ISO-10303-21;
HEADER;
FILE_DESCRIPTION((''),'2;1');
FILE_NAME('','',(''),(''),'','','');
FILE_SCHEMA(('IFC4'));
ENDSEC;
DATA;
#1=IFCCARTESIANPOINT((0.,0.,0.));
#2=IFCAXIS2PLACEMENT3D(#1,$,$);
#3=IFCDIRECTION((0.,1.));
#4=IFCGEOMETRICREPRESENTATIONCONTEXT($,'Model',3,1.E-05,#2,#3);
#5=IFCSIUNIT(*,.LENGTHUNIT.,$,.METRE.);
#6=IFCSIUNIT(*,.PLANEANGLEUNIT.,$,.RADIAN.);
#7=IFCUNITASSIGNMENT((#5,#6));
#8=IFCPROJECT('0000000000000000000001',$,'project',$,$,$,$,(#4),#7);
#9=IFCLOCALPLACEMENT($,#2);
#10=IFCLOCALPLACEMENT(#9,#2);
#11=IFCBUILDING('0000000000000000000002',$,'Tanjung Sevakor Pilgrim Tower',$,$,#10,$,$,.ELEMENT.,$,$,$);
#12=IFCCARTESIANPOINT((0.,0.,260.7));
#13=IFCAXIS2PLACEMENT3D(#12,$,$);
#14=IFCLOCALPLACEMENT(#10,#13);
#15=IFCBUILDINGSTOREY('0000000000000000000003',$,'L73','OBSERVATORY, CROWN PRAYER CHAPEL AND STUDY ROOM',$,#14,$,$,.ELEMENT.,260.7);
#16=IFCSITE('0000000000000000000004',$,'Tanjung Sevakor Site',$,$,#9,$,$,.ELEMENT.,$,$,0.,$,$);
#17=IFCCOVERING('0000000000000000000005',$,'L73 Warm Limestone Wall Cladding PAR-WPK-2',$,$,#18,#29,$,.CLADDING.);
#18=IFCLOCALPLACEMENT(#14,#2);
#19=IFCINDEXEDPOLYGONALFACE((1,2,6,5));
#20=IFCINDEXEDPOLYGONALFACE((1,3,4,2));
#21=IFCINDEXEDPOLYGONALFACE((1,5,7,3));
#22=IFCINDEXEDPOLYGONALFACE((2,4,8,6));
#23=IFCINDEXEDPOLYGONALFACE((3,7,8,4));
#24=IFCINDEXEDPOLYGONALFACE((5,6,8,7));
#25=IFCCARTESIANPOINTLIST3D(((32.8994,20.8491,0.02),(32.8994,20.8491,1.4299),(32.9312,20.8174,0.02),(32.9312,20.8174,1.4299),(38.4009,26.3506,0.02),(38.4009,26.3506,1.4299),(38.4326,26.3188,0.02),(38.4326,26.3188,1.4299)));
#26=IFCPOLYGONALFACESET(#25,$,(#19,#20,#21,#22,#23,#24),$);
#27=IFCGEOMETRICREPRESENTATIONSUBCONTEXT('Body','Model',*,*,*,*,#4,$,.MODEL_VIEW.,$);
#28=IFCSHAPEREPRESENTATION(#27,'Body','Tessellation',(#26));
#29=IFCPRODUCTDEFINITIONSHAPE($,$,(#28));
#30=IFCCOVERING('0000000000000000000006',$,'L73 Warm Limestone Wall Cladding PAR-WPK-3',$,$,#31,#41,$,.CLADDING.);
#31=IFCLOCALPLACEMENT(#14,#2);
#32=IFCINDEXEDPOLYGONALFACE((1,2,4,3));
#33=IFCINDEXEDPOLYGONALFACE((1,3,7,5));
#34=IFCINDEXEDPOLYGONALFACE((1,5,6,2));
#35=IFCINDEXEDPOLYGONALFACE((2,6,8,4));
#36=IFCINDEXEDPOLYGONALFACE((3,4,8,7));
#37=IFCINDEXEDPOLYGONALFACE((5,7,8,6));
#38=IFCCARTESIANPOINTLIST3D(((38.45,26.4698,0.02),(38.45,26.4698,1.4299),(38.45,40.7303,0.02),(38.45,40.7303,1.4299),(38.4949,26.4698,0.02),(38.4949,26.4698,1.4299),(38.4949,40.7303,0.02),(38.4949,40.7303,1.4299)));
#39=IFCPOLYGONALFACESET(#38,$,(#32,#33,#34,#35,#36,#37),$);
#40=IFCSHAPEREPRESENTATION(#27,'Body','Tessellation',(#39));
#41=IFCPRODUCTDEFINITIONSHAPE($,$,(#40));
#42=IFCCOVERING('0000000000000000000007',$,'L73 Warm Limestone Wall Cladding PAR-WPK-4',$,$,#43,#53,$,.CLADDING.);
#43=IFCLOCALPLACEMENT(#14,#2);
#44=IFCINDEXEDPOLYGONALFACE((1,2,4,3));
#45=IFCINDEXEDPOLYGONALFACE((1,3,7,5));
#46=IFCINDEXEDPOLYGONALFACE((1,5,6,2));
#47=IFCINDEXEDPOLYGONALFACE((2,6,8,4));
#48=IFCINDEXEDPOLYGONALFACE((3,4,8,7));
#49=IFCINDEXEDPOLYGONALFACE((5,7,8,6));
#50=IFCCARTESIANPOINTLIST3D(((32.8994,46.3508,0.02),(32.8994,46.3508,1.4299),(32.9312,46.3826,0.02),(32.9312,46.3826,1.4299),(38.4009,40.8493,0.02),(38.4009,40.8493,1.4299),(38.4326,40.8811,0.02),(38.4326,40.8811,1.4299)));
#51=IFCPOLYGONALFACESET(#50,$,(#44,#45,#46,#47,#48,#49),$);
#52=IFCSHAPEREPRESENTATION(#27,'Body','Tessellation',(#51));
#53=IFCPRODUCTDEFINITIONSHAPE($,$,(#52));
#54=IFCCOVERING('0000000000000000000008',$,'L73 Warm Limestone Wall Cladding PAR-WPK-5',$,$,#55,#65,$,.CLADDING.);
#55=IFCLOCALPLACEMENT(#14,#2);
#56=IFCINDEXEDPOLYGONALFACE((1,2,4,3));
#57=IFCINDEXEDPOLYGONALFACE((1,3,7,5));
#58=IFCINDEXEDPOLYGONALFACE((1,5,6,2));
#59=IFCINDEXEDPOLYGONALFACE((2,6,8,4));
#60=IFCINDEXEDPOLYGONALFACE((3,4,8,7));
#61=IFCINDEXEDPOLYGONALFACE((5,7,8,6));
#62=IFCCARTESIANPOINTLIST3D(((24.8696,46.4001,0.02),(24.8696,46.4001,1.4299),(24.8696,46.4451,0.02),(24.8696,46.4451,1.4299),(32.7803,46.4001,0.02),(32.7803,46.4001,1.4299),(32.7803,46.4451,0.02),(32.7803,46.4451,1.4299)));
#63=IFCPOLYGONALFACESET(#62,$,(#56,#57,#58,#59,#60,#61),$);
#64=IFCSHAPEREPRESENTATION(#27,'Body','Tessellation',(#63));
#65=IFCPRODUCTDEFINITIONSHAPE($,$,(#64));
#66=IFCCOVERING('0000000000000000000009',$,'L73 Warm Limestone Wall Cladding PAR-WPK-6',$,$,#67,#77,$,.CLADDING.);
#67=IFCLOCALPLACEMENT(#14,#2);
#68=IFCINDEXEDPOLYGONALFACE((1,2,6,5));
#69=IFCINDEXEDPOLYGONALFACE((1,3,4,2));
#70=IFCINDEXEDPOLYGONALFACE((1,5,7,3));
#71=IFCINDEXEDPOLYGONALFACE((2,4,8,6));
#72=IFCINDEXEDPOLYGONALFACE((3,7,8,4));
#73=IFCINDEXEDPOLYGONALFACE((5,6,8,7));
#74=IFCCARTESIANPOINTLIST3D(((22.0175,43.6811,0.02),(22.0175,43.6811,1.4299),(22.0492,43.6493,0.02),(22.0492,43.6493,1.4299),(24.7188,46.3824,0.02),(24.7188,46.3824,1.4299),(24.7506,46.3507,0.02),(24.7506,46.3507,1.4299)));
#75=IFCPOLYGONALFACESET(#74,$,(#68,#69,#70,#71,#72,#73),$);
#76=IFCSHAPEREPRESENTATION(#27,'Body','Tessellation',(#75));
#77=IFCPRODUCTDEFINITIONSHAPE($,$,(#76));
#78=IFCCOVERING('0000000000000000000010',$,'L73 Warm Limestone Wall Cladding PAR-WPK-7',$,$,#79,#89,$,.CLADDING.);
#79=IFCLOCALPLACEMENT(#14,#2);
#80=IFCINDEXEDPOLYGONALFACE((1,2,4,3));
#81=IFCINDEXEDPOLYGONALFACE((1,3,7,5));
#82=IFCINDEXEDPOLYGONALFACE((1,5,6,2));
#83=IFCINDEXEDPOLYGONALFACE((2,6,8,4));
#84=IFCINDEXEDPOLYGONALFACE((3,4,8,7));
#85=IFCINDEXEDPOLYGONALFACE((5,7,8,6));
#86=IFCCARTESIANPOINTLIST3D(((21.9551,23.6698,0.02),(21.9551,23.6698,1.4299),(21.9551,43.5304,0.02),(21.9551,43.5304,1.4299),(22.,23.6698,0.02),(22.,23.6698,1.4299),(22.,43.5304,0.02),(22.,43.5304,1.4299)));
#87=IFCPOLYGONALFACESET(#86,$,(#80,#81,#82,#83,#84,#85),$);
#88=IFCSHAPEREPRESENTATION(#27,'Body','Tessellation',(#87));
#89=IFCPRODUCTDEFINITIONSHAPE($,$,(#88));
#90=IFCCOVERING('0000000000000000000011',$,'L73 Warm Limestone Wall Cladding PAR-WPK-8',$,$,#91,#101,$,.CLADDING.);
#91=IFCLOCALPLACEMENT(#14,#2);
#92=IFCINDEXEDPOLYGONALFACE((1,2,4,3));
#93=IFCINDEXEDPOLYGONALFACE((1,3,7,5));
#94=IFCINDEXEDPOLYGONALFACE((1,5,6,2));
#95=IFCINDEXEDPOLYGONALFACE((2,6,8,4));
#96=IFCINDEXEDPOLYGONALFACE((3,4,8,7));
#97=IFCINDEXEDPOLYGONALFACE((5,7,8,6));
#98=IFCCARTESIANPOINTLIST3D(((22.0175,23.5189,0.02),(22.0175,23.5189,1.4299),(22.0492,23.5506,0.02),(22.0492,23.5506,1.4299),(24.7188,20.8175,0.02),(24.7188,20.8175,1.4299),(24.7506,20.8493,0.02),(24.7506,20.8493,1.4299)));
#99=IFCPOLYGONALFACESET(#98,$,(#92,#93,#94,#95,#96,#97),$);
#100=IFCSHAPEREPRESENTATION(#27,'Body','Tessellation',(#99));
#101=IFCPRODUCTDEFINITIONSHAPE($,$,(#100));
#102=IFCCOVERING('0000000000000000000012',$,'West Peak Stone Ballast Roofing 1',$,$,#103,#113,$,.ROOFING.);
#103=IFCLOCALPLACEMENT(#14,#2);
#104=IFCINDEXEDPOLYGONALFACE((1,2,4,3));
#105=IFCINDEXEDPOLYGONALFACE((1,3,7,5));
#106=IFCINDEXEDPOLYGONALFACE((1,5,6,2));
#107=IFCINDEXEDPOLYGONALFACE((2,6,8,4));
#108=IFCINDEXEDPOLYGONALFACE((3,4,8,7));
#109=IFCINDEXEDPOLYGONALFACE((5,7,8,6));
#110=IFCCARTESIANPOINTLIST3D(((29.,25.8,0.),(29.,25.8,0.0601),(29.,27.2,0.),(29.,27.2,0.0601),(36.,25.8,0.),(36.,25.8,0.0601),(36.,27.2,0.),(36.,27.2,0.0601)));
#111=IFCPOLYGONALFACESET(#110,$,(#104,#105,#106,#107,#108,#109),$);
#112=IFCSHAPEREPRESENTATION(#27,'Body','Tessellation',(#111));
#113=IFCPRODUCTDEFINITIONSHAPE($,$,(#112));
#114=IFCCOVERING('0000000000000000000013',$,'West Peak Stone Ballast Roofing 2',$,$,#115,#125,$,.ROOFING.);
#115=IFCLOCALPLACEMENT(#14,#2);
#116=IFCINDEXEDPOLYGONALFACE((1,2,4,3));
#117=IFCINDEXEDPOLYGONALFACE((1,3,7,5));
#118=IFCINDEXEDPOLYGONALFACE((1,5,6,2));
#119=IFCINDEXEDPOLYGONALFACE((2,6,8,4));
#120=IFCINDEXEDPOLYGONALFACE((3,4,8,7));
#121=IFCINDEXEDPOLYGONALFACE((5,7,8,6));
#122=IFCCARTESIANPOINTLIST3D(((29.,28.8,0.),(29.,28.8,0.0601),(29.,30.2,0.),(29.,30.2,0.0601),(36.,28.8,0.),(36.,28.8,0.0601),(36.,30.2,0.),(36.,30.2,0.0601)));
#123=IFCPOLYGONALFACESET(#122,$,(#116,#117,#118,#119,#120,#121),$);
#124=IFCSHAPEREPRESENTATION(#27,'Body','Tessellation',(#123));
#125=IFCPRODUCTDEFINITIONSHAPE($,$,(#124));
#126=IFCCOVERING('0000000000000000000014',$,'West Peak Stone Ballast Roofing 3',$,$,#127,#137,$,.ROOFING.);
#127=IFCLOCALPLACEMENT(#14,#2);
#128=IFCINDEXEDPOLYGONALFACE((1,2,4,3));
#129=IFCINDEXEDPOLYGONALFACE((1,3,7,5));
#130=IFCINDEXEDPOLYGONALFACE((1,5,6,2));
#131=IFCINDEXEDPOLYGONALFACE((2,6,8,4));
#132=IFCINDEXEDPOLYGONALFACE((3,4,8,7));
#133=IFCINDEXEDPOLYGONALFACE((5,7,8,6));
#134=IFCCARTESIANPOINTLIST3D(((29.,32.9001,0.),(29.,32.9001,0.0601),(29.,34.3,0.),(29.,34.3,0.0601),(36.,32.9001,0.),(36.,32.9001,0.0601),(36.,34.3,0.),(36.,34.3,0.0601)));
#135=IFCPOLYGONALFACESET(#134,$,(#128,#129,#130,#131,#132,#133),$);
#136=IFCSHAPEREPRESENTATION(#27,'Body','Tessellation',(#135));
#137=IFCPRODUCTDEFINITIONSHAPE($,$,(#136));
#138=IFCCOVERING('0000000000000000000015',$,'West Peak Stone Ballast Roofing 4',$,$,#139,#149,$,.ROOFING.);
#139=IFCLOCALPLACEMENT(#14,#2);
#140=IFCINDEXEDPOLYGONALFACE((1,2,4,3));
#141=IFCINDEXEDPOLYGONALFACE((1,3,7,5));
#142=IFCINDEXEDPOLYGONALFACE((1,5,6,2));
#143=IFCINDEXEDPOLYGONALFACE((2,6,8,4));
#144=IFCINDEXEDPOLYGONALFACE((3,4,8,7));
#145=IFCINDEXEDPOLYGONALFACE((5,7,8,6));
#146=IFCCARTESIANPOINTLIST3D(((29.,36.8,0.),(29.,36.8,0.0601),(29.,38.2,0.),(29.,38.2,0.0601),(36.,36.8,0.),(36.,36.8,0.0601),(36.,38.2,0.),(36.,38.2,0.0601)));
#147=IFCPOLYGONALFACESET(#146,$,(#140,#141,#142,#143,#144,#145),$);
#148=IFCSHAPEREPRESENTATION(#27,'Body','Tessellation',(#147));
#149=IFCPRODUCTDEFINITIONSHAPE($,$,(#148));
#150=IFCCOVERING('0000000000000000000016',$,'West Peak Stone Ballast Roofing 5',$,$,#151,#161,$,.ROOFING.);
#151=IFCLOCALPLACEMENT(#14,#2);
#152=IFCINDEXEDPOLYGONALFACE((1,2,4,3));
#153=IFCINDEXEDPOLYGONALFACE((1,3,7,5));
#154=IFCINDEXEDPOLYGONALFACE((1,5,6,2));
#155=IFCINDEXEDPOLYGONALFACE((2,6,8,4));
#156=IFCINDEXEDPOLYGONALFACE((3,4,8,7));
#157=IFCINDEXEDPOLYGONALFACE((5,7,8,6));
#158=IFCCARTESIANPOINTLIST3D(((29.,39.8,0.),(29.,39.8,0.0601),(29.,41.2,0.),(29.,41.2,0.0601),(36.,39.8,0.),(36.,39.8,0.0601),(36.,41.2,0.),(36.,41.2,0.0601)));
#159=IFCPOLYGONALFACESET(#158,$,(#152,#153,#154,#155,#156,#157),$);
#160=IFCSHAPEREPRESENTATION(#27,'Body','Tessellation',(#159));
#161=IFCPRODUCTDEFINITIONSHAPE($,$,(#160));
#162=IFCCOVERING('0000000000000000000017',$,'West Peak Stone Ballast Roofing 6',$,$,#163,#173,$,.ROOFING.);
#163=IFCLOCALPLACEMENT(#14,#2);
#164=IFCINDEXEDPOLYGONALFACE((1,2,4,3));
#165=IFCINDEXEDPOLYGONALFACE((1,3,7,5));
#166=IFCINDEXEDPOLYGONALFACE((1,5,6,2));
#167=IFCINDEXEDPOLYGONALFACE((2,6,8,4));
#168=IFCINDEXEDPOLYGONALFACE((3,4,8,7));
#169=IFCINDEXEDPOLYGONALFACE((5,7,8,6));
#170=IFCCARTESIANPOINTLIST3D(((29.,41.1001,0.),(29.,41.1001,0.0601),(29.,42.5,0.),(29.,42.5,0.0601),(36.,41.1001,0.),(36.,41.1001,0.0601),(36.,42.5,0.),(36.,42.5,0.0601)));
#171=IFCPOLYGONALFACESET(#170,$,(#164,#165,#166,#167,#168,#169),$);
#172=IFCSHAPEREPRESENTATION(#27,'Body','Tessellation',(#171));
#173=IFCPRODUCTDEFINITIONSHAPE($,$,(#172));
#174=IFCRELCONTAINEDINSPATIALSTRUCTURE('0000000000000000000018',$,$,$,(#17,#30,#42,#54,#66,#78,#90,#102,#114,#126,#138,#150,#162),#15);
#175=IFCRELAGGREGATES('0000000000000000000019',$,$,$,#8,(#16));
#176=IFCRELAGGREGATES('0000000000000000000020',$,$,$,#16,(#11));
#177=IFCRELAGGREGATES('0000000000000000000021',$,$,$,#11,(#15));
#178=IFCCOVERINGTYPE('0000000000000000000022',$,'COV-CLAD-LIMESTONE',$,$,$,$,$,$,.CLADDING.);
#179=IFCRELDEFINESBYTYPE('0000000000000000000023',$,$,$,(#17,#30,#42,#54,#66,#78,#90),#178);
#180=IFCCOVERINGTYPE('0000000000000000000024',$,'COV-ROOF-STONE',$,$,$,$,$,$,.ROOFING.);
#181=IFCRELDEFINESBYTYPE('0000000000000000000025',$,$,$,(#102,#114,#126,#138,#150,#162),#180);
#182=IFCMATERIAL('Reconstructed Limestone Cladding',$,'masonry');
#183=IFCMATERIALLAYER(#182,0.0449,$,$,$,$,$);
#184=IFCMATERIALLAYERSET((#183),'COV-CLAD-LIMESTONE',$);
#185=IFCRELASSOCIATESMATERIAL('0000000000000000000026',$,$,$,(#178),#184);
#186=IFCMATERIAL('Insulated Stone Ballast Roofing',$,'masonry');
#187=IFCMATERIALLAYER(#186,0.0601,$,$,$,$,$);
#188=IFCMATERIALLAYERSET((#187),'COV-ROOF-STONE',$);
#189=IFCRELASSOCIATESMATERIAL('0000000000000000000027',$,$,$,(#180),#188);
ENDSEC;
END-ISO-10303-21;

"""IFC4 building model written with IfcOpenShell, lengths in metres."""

from ifc_helpers import new_model, si_unit, direction, frame, origin, origin_2d, place, context, subcontext, project, spatial, rectangle, extrude, material, layer, layer_set, type_object, element, save


model = new_model("IFC4")

# Units and contexts
model_context = context("Model", 3, precision=1e-05, world=origin(), true_north=direction((0.0, 1.0)))
body_context = subcontext(model_context, "Body", "Model", "MODEL_VIEW")
ifc_project = project(units=[si_unit("LENGTHUNIT", "METRE"), si_unit("PLANEANGLEUNIT", "RADIAN")], contexts=[model_context])

# Site, building, storey
site_placement = place(None, origin())
site = spatial("IfcSite", under=ifc_project, at=site_placement, Name="Tanjung Sevakor Site", CompositionType="ELEMENT", RefElevation=0.0)
building_placement = place(site_placement, origin())
building = spatial("IfcBuilding", under=site, at=building_placement, Name="Tanjung Sevakor Pilgrim Tower", CompositionType="ELEMENT")
storey_placement = place(building_placement, frame((0.0, 0.0, 260.7)))
storey = spatial("IfcBuildingStorey", under=building, at=storey_placement, Name="L73", Description="OBSERVATORY, CROWN PRAYER CHAPEL AND STUDY ROOM", CompositionType="ELEMENT", Elevation=260.7)

# Coverings
ifc_material_1 = material(Name="Reconstructed Limestone Cladding", Category="masonry")
ifc_layer_1 = layer(ifc_material_1, 0.0449)
ifc_layer_set_1 = layer_set([ifc_layer_1], Name="COV-CLAD-LIMESTONE")
covering_type_1 = type_object("IfcCoveringType", Name="COV-CLAD-LIMESTONE", PredefinedType="CLADDING", material=ifc_layer_set_1)
covering_1_placement = place(storey_placement, frame((35.666, 23.584, 0.02), z_axis=(0.0, 0.0, 1.0), x_axis=(0.707107, 0.707107, 0.0)))
element("IfcCovering", 1, at=covering_1_placement, inside=storey, type_object=covering_type_1, Name="L73 Warm Limestone Wall Cladding PAR-WPK-2", PredefinedType="CLADDING", context=body_context, shape_type="SweptSolid", body=[
    extrude(rectangle(XDim=7.7803, YDim=0.0449, at=origin_2d()), origin(), (0.0, 0.0, 1.0), 1.4099),
])
covering_2_placement = place(storey_placement, frame((38.4724, 33.6001, 0.02), z_axis=(0.0, 0.0, 1.0), x_axis=(0.0, 1.0, 0.0)))
element("IfcCovering", 2, at=covering_2_placement, inside=storey, type_object=covering_type_1, Name="L73 Warm Limestone Wall Cladding PAR-WPK-3", PredefinedType="CLADDING", context=body_context, shape_type="SweptSolid", body=[
    extrude(rectangle(XDim=14.2605, YDim=0.0449, at=origin_2d()), origin(), (0.0, 0.0, 1.0), 1.4099),
])
covering_3_placement = place(storey_placement, frame((35.666, 43.616, 0.02), z_axis=(0.0, 0.0, 1.0), x_axis=(-0.707107, 0.707107, 0.0)))
element("IfcCovering", 3, at=covering_3_placement, inside=storey, type_object=covering_type_1, Name="L73 Warm Limestone Wall Cladding PAR-WPK-4", PredefinedType="CLADDING", context=body_context, shape_type="SweptSolid", body=[
    extrude(rectangle(XDim=7.7803, YDim=0.0449, at=origin_2d()), origin(), (0.0, 0.0, 1.0), 1.4099),
])
covering_4_placement = place(storey_placement, frame((28.825, 46.4226, 0.02), z_axis=(0.0, 0.0, 1.0), x_axis=(-1.0, 0.0, 0.0)))
element("IfcCovering", 4, at=covering_4_placement, inside=storey, type_object=covering_type_1, Name="L73 Warm Limestone Wall Cladding PAR-WPK-5", PredefinedType="CLADDING", context=body_context, shape_type="SweptSolid", body=[
    extrude(rectangle(XDim=7.9106, YDim=0.0449, at=origin_2d()), origin(), (0.0, 0.0, 1.0), 1.4099),
])
covering_5_placement = place(storey_placement, frame((23.384, 45.0159, 0.02), z_axis=(0.0, 0.0, 1.0), x_axis=(-0.707107, -0.707107, 0.0)))
element("IfcCovering", 5, at=covering_5_placement, inside=storey, type_object=covering_type_1, Name="L73 Warm Limestone Wall Cladding PAR-WPK-6", PredefinedType="CLADDING", context=body_context, shape_type="SweptSolid", body=[
    extrude(rectangle(XDim=3.8203, YDim=0.0449, at=origin_2d()), origin(), (0.0, 0.0, 1.0), 1.4099),
])
covering_6_placement = place(storey_placement, frame((21.9775, 33.6001, 0.02), z_axis=(0.0, 0.0, 1.0), x_axis=(0.0, -1.0, 0.0)))
element("IfcCovering", 6, at=covering_6_placement, inside=storey, type_object=covering_type_1, Name="L73 Warm Limestone Wall Cladding PAR-WPK-7", PredefinedType="CLADDING", context=body_context, shape_type="SweptSolid", body=[
    extrude(rectangle(XDim=19.8606, YDim=0.0449, at=origin_2d()), origin(), (0.0, 0.0, 1.0), 1.4099),
])
covering_7_placement = place(storey_placement, frame((23.384, 22.1841, 0.02), z_axis=(0.0, 0.0, 1.0), x_axis=(0.707107, -0.707107, 0.0)))
element("IfcCovering", 7, at=covering_7_placement, inside=storey, type_object=covering_type_1, Name="L73 Warm Limestone Wall Cladding PAR-WPK-8", PredefinedType="CLADDING", context=body_context, shape_type="SweptSolid", body=[
    extrude(rectangle(XDim=3.8203, YDim=0.0449, at=origin_2d()), origin(), (0.0, 0.0, 1.0), 1.4099),
])
ifc_material_2 = material(Name="Insulated Stone Ballast Roofing", Category="masonry")
ifc_layer_2 = layer(ifc_material_2, 0.0601)
ifc_layer_set_2 = layer_set([ifc_layer_2], Name="COV-ROOF-STONE")
covering_type_2 = type_object("IfcCoveringType", Name="COV-ROOF-STONE", PredefinedType="ROOFING", material=ifc_layer_set_2)
for number, where, z_axis, x_axis, name in (
    (8, (32.5, 26.5, 0.0), (0.0, 0.0, 1.0), (1.0, 0.0, 0.0), "West Peak Stone Ballast Roofing 1"),
    (9, (32.5, 29.5, 0.0), (0.0, 0.0, 1.0), (1.0, 0.0, 0.0), "West Peak Stone Ballast Roofing 2"),
    (10, (32.5, 33.6001, 0.0), (0.0, 0.0, 1.0), (1.0, 0.0, 0.0), "West Peak Stone Ballast Roofing 3"),
    (11, (32.5, 37.5, 0.0), (0.0, 0.0, 1.0), (1.0, 0.0, 0.0), "West Peak Stone Ballast Roofing 4"),
    (12, (32.5, 40.5, 0.0), (0.0, 0.0, 1.0), (1.0, 0.0, 0.0), "West Peak Stone Ballast Roofing 5"),
    (13, (32.5, 41.8, 0.0), (0.0, 0.0, 1.0), (1.0, 0.0, 0.0), "West Peak Stone Ballast Roofing 6"),
):
    element("IfcCovering", number, at=place(storey_placement, frame(where, z_axis=z_axis, x_axis=x_axis)), inside=storey, type_object=covering_type_2, Name=name, PredefinedType="ROOFING", context=body_context, shape_type="SweptSolid", body=[
        extrude(rectangle(XDim=7.0, YDim=1.3999, at=origin_2d()), origin(), (0.0, 0.0, 1.0), 0.0601),
    ])

save(model, "model.ifc")
